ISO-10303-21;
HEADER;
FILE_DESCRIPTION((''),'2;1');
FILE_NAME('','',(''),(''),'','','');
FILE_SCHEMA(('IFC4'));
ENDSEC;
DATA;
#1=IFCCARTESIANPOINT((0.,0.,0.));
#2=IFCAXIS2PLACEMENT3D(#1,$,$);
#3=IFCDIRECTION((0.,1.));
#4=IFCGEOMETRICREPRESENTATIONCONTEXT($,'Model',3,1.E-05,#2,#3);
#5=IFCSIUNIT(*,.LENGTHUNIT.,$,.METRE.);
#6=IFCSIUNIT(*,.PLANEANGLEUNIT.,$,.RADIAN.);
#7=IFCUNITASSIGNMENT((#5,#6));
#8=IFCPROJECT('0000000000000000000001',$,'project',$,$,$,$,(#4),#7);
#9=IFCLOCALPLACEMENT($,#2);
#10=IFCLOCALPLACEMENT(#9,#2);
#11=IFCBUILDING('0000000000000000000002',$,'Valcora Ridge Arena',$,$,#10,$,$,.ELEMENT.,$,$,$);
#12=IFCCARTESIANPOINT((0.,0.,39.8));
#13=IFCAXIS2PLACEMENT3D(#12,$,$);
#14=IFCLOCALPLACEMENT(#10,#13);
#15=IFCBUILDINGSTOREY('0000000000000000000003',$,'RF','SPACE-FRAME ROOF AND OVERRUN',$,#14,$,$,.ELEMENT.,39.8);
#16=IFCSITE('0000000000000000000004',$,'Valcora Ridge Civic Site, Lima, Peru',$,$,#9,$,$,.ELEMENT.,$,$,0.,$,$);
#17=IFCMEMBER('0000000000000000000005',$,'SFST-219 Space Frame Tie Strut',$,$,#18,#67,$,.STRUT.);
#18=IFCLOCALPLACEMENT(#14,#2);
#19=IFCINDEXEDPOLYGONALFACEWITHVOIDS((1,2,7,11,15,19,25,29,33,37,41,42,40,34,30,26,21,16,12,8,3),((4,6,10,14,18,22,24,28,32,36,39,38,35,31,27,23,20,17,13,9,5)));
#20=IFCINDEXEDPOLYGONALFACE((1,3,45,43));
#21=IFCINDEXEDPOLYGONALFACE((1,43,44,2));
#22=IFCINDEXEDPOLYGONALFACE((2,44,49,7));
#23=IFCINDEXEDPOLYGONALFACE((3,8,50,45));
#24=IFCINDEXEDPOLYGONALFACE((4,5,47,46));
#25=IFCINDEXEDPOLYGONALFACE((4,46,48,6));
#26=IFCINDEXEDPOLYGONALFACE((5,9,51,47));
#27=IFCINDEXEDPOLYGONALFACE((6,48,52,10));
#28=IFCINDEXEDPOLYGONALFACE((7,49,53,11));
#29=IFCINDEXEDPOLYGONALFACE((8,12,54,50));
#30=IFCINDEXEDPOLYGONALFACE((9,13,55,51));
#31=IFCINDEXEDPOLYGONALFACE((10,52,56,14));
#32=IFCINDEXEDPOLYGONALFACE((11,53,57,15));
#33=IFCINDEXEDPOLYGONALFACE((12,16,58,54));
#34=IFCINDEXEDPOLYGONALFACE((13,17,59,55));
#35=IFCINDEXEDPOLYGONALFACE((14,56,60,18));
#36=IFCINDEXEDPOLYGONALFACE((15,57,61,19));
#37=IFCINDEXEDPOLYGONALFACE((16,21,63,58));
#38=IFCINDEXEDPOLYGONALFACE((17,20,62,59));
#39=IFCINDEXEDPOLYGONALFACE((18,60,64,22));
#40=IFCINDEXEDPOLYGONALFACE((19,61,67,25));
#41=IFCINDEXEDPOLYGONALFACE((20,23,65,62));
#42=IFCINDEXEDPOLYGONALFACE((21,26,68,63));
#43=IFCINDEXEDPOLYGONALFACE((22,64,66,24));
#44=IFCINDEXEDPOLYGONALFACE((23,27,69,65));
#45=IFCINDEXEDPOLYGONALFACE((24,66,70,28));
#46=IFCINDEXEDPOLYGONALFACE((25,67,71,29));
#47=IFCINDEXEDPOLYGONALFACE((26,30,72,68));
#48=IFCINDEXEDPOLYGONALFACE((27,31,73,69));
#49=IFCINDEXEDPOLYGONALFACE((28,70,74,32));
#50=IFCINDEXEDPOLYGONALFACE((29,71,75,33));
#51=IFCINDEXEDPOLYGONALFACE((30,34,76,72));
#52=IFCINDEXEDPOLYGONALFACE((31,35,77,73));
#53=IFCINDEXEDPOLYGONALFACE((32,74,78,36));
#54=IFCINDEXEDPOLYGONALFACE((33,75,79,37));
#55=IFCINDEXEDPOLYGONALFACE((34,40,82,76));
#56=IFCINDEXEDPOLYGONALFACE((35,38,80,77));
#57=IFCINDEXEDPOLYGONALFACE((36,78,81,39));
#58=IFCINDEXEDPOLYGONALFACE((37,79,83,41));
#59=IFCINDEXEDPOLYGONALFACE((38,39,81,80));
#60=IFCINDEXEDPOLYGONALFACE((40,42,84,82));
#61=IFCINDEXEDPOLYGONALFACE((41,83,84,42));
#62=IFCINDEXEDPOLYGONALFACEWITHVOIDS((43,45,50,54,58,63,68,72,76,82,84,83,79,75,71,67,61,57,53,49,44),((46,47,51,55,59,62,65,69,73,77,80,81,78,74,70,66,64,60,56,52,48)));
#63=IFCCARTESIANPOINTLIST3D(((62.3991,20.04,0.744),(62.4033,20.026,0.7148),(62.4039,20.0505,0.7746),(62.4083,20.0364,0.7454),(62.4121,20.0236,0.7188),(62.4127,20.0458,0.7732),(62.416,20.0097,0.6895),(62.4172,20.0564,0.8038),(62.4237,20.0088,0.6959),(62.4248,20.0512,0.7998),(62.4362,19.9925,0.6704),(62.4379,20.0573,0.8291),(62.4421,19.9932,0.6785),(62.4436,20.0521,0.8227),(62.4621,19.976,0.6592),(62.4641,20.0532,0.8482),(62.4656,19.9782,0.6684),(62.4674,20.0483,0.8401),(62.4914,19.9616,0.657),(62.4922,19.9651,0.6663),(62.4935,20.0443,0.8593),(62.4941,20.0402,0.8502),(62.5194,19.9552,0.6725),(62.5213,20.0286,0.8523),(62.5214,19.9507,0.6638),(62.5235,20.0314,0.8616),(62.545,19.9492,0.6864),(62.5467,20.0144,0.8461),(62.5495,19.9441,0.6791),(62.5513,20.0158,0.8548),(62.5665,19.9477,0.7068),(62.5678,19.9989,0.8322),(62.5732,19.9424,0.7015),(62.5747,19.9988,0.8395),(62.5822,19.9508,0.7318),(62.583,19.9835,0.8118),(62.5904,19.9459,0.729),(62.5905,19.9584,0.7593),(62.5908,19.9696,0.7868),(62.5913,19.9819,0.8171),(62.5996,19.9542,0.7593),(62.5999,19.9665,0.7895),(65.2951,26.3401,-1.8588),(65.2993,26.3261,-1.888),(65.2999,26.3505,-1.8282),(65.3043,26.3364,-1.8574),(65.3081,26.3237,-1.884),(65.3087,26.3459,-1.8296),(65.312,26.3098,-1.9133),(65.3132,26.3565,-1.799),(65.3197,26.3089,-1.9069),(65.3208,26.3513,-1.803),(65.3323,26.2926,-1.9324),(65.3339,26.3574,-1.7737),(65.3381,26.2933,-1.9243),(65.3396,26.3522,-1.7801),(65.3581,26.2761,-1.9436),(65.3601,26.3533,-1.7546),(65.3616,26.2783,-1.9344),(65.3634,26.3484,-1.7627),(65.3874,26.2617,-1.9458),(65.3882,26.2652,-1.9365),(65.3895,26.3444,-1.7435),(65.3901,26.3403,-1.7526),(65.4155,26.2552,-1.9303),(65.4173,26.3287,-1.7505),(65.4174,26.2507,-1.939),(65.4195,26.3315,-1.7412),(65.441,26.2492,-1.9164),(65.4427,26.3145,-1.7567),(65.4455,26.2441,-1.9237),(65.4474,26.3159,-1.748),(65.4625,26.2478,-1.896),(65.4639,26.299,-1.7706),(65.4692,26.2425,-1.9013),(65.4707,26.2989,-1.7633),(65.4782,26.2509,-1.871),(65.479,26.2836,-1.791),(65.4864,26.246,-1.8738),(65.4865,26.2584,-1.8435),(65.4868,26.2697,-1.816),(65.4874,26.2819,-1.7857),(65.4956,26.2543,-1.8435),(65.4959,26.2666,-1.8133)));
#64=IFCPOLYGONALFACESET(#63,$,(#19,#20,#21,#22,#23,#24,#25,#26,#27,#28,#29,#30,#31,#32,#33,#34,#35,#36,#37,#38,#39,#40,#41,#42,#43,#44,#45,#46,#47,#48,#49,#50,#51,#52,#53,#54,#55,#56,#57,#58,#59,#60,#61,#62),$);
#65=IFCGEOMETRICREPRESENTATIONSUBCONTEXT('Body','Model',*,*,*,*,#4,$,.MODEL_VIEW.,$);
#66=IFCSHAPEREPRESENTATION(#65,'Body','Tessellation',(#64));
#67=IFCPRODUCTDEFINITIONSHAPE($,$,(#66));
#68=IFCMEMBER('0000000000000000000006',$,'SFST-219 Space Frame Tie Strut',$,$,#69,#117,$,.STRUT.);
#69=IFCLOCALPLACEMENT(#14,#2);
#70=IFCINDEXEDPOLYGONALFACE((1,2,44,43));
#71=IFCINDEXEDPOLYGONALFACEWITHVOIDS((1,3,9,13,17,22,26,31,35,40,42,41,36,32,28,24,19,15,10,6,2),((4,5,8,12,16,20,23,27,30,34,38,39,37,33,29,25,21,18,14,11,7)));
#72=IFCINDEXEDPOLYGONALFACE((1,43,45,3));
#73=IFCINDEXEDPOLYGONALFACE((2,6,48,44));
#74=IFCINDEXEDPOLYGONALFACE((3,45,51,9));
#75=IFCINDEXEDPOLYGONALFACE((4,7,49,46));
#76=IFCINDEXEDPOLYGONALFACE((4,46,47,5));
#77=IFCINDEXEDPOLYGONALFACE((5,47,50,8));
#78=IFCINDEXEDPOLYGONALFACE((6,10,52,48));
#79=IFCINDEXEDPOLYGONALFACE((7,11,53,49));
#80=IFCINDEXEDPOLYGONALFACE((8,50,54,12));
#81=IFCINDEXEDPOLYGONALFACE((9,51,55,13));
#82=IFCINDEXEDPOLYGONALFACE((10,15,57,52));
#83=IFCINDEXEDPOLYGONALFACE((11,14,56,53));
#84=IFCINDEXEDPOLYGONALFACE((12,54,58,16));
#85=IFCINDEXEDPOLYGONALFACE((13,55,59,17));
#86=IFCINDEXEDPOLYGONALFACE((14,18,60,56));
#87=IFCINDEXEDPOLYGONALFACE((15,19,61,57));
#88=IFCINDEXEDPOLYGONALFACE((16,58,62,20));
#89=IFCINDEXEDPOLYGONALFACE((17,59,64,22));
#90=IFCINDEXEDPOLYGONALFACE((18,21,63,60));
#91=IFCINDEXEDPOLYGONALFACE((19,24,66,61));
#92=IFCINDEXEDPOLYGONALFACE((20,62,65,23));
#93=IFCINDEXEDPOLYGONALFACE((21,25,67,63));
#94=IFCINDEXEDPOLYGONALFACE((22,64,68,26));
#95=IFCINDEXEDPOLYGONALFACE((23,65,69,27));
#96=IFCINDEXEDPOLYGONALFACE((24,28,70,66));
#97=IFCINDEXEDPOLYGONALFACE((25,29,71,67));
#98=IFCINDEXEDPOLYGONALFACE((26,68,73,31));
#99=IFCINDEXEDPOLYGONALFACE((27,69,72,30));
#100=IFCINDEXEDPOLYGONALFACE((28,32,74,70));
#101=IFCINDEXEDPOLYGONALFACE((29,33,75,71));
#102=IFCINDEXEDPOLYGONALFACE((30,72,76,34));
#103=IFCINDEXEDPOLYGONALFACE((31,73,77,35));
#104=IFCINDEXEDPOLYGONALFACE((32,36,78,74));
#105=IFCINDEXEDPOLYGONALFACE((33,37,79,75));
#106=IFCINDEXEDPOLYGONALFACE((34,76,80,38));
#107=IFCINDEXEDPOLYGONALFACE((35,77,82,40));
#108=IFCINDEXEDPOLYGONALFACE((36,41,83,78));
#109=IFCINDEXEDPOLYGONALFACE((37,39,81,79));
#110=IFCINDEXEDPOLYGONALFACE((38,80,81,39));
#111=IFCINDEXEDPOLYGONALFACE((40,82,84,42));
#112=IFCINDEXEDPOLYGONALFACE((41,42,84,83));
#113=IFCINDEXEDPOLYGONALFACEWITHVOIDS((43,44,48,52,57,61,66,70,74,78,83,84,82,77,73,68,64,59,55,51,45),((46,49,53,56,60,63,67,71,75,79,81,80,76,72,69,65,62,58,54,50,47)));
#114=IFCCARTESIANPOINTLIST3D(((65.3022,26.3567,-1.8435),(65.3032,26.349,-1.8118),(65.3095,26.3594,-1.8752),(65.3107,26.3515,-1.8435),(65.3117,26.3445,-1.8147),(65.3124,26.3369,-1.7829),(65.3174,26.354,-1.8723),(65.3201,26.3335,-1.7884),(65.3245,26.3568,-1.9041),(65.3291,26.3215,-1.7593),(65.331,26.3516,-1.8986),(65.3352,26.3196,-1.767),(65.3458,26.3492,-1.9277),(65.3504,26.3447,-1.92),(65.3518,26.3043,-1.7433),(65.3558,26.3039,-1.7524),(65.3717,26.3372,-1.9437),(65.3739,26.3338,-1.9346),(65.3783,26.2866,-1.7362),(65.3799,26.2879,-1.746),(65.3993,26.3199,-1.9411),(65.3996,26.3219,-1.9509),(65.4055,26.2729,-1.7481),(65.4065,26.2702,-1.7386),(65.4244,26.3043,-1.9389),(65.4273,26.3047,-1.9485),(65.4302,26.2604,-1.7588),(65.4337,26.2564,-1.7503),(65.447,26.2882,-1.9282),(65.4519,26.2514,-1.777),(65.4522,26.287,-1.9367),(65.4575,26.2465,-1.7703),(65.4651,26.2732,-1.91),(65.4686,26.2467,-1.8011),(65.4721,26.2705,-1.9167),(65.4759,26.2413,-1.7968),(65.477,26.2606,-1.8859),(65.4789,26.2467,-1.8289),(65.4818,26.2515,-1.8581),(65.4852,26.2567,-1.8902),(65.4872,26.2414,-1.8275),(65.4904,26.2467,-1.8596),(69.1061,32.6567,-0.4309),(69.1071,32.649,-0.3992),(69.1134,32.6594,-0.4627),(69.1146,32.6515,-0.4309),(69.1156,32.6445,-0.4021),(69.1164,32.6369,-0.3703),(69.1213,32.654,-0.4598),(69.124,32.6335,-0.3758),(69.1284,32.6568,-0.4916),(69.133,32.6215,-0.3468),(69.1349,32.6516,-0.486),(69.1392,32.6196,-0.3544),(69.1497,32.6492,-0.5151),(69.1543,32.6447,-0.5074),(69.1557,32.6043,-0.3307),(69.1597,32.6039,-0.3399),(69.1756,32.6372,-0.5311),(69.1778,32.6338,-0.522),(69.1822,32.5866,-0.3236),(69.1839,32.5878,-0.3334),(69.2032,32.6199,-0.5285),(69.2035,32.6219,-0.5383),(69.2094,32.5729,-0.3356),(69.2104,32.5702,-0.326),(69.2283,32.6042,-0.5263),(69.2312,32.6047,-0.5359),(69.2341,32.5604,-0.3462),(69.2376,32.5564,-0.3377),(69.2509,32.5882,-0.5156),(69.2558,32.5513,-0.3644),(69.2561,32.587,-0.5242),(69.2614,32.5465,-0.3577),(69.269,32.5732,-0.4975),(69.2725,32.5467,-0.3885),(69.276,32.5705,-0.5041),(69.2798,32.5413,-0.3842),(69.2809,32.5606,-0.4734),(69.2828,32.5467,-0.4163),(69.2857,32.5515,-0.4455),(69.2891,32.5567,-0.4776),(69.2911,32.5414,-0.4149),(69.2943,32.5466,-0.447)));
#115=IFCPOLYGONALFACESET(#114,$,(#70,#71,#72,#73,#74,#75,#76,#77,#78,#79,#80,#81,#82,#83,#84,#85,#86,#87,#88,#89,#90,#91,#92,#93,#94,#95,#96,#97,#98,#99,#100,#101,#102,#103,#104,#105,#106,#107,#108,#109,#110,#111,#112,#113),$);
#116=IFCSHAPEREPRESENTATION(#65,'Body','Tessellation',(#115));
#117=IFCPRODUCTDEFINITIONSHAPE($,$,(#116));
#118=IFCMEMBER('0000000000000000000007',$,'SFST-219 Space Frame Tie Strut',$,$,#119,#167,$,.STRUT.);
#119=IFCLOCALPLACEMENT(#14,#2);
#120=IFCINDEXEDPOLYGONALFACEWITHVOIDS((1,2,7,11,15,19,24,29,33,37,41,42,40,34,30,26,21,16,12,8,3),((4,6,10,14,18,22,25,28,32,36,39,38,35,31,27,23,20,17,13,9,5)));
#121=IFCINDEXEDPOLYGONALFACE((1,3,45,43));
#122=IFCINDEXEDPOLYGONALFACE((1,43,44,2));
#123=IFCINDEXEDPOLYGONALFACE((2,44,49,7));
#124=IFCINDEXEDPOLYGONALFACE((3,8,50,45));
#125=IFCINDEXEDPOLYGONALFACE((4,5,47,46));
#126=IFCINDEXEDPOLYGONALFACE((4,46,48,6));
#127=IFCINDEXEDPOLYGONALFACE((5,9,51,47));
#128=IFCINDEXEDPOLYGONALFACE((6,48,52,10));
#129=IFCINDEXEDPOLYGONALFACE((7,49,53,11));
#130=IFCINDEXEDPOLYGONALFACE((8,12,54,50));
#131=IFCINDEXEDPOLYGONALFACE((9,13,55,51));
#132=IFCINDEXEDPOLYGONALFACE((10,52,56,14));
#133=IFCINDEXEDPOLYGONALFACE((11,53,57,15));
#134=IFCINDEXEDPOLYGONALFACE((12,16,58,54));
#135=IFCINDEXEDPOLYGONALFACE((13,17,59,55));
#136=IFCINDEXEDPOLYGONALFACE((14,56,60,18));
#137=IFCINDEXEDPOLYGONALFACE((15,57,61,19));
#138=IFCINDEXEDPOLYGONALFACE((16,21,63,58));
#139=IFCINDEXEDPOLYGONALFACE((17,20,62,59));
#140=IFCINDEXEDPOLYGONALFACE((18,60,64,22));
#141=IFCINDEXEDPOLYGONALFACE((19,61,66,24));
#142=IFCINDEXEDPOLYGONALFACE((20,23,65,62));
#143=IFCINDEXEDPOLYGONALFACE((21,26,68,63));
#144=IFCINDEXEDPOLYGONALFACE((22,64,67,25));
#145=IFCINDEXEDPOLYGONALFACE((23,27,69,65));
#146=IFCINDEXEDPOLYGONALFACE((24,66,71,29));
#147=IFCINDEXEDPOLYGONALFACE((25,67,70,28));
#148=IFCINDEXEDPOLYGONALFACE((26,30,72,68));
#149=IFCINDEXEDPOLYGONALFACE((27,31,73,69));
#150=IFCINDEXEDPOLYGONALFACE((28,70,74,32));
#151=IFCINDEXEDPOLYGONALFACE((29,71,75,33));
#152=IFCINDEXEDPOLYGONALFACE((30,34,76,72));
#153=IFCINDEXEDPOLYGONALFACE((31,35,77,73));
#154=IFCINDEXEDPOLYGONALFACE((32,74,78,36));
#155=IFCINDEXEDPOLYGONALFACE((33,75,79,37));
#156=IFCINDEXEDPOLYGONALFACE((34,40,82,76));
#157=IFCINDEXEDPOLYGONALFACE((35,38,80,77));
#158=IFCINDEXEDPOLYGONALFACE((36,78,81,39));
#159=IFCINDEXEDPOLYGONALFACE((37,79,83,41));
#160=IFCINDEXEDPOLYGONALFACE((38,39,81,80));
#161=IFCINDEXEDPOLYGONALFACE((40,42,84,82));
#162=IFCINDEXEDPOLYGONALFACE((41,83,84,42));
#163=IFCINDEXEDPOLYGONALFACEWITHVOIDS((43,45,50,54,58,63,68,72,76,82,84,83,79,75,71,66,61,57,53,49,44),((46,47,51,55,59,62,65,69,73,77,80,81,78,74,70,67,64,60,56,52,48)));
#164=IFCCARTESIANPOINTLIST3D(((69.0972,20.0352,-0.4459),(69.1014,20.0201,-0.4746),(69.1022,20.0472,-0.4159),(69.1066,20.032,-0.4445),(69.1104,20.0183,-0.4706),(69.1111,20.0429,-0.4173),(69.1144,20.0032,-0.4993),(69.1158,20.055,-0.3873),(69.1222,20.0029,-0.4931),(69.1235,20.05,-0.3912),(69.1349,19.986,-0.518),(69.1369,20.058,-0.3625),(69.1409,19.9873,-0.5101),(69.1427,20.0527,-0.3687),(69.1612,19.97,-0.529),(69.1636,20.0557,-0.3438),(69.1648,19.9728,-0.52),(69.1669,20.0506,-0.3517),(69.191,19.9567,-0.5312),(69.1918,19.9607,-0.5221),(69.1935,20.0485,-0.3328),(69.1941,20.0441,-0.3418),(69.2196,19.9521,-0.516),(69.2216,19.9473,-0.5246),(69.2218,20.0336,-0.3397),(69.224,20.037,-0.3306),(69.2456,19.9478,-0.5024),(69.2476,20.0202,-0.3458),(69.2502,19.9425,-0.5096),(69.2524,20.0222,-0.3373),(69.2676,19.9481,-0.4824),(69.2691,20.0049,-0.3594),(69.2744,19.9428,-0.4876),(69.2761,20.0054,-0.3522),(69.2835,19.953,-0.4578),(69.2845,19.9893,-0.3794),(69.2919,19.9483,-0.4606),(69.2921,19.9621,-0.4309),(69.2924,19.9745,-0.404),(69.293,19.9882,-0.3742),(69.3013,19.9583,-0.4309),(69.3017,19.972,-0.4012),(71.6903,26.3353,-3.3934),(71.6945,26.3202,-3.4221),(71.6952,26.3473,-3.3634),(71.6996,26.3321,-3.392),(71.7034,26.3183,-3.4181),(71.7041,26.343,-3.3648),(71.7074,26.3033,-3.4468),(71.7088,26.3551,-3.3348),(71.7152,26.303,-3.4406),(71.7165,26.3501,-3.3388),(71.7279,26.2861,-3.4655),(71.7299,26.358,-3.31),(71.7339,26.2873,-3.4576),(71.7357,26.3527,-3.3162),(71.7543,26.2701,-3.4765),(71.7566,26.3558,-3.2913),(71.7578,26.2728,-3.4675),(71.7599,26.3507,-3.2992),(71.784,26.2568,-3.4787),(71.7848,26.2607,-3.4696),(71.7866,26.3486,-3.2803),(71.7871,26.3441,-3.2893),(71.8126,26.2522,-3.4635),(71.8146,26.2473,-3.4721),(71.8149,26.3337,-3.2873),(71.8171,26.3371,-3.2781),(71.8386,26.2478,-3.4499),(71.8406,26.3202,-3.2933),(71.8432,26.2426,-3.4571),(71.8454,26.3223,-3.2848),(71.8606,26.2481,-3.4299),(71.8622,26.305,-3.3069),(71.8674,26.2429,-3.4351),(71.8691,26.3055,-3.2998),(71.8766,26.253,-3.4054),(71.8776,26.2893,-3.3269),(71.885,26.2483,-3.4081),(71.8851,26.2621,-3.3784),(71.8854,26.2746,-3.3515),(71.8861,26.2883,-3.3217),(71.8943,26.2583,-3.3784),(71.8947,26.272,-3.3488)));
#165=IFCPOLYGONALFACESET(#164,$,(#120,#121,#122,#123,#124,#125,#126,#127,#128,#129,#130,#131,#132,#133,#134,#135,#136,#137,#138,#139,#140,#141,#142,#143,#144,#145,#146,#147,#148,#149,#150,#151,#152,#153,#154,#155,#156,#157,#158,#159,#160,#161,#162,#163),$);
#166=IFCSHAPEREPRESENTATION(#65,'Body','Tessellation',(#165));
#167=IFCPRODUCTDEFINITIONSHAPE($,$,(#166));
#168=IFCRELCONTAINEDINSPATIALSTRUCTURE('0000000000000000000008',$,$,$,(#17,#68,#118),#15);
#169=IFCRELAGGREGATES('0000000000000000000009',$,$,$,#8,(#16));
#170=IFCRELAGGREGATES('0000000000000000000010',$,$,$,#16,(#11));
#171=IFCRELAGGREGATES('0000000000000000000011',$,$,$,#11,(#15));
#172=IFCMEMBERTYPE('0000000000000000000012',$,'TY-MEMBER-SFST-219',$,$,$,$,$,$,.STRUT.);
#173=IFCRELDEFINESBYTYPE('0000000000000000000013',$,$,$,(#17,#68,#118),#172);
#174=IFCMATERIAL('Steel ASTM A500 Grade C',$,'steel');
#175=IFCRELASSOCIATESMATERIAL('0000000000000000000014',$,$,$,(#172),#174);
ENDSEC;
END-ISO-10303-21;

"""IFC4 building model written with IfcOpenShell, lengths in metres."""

from ifc_helpers import new_model, si_unit, direction, frame, origin, origin_2d, place, context, subcontext, project, spatial, hollow_circle, extrude, material, material_profile, profile_set, type_object, element, save


model = new_model("IFC4")

# Units and contexts
model_context = context("Model", 3, precision=1e-05, world=origin(), true_north=direction((0.0, 1.0)))
body_context = subcontext(model_context, "Body", "Model", "MODEL_VIEW")
ifc_project = project(units=[si_unit("LENGTHUNIT", "METRE"), si_unit("PLANEANGLEUNIT", "RADIAN")], contexts=[model_context])

# Site, building, storey
site_placement = place(None, origin())
site = spatial("IfcSite", under=ifc_project, at=site_placement, Name="Valcora Ridge Civic Site, Lima, Peru", CompositionType="ELEMENT", RefElevation=0.0)
building_placement = place(site_placement, origin())
building = spatial("IfcBuilding", under=site, at=building_placement, Name="Valcora Ridge Arena", CompositionType="ELEMENT")
storey_placement = place(building_placement, frame((0.0, 0.0, 39.8)))
storey = spatial("IfcBuildingStorey", under=building, at=storey_placement, Name="RF", Description="SPACE-FRAME ROOF AND OVERRUN", CompositionType="ELEMENT", Elevation=39.8)

# Members
ifc_material_1 = material(Name="Steel ASTM A500 Grade C", Category="steel")
ifc_material_profile_1 = material_profile(ifc_material_1, hollow_circle(Radius=0.1096, WallThickness=0.01, at=origin_2d()), Name="CHS219X10")
ifc_profile_set_1 = profile_set([ifc_material_profile_1], Name="Steel ASTM A500 Grade C")
member_type_1 = type_object("IfcMemberType", Name="TY-MEMBER-SFST-219", PredefinedType="STRUT", material=ifc_profile_set_1)
member_1_placement = place(storey_placement, frame((65.396, 26.3, -1.8435), z_axis=(-0.391023, -0.850645, 0.351433), x_axis=(0.908601, -0.417664, 0.0)))
element("IfcMember", 1, at=member_1_placement, inside=storey, type_object=member_type_1, Name="SFST-219 Space Frame Tie Strut", PredefinedType="STRUT", context=body_context, shape_type="SweptSolid", body=[
    extrude(hollow_circle(Radius=0.1096, WallThickness=0.01, at=origin_2d()), origin(), (0.0, 0.0, 1.0), 7.4062),
])
member_2_placement = place(storey_placement, frame((65.396, 26.3, -1.8435), z_axis=(0.507618, 0.840708, 0.188504), x_axis=(-0.856055, 0.516884, 0.0)))
element("IfcMember", 2, at=member_2_placement, inside=storey, type_object=member_type_1, Name="SFST-219 Space Frame Tie Strut", PredefinedType="STRUT", context=body_context, shape_type="SweptSolid", body=[
    extrude(hollow_circle(Radius=0.1096, WallThickness=0.01, at=origin_2d()), origin(), (0.0, 0.0, 1.0), 7.4937),
])
member_3_placement = place(storey_placement, frame((71.793, 26.3, -3.3784), z_axis=(-0.349318, -0.84871, 0.397074), x_axis=(0.924736, -0.380609, 0.0)))
element("IfcMember", 3, at=member_3_placement, inside=storey, type_object=member_type_1, Name="SFST-219 Space Frame Tie Strut", PredefinedType="STRUT", context=body_context, shape_type="SweptSolid", body=[
    extrude(hollow_circle(Radius=0.1096, WallThickness=0.01, at=origin_2d()), origin(), (0.0, 0.0, 1.0), 7.4231),
])

save(model, "model.ifc")
